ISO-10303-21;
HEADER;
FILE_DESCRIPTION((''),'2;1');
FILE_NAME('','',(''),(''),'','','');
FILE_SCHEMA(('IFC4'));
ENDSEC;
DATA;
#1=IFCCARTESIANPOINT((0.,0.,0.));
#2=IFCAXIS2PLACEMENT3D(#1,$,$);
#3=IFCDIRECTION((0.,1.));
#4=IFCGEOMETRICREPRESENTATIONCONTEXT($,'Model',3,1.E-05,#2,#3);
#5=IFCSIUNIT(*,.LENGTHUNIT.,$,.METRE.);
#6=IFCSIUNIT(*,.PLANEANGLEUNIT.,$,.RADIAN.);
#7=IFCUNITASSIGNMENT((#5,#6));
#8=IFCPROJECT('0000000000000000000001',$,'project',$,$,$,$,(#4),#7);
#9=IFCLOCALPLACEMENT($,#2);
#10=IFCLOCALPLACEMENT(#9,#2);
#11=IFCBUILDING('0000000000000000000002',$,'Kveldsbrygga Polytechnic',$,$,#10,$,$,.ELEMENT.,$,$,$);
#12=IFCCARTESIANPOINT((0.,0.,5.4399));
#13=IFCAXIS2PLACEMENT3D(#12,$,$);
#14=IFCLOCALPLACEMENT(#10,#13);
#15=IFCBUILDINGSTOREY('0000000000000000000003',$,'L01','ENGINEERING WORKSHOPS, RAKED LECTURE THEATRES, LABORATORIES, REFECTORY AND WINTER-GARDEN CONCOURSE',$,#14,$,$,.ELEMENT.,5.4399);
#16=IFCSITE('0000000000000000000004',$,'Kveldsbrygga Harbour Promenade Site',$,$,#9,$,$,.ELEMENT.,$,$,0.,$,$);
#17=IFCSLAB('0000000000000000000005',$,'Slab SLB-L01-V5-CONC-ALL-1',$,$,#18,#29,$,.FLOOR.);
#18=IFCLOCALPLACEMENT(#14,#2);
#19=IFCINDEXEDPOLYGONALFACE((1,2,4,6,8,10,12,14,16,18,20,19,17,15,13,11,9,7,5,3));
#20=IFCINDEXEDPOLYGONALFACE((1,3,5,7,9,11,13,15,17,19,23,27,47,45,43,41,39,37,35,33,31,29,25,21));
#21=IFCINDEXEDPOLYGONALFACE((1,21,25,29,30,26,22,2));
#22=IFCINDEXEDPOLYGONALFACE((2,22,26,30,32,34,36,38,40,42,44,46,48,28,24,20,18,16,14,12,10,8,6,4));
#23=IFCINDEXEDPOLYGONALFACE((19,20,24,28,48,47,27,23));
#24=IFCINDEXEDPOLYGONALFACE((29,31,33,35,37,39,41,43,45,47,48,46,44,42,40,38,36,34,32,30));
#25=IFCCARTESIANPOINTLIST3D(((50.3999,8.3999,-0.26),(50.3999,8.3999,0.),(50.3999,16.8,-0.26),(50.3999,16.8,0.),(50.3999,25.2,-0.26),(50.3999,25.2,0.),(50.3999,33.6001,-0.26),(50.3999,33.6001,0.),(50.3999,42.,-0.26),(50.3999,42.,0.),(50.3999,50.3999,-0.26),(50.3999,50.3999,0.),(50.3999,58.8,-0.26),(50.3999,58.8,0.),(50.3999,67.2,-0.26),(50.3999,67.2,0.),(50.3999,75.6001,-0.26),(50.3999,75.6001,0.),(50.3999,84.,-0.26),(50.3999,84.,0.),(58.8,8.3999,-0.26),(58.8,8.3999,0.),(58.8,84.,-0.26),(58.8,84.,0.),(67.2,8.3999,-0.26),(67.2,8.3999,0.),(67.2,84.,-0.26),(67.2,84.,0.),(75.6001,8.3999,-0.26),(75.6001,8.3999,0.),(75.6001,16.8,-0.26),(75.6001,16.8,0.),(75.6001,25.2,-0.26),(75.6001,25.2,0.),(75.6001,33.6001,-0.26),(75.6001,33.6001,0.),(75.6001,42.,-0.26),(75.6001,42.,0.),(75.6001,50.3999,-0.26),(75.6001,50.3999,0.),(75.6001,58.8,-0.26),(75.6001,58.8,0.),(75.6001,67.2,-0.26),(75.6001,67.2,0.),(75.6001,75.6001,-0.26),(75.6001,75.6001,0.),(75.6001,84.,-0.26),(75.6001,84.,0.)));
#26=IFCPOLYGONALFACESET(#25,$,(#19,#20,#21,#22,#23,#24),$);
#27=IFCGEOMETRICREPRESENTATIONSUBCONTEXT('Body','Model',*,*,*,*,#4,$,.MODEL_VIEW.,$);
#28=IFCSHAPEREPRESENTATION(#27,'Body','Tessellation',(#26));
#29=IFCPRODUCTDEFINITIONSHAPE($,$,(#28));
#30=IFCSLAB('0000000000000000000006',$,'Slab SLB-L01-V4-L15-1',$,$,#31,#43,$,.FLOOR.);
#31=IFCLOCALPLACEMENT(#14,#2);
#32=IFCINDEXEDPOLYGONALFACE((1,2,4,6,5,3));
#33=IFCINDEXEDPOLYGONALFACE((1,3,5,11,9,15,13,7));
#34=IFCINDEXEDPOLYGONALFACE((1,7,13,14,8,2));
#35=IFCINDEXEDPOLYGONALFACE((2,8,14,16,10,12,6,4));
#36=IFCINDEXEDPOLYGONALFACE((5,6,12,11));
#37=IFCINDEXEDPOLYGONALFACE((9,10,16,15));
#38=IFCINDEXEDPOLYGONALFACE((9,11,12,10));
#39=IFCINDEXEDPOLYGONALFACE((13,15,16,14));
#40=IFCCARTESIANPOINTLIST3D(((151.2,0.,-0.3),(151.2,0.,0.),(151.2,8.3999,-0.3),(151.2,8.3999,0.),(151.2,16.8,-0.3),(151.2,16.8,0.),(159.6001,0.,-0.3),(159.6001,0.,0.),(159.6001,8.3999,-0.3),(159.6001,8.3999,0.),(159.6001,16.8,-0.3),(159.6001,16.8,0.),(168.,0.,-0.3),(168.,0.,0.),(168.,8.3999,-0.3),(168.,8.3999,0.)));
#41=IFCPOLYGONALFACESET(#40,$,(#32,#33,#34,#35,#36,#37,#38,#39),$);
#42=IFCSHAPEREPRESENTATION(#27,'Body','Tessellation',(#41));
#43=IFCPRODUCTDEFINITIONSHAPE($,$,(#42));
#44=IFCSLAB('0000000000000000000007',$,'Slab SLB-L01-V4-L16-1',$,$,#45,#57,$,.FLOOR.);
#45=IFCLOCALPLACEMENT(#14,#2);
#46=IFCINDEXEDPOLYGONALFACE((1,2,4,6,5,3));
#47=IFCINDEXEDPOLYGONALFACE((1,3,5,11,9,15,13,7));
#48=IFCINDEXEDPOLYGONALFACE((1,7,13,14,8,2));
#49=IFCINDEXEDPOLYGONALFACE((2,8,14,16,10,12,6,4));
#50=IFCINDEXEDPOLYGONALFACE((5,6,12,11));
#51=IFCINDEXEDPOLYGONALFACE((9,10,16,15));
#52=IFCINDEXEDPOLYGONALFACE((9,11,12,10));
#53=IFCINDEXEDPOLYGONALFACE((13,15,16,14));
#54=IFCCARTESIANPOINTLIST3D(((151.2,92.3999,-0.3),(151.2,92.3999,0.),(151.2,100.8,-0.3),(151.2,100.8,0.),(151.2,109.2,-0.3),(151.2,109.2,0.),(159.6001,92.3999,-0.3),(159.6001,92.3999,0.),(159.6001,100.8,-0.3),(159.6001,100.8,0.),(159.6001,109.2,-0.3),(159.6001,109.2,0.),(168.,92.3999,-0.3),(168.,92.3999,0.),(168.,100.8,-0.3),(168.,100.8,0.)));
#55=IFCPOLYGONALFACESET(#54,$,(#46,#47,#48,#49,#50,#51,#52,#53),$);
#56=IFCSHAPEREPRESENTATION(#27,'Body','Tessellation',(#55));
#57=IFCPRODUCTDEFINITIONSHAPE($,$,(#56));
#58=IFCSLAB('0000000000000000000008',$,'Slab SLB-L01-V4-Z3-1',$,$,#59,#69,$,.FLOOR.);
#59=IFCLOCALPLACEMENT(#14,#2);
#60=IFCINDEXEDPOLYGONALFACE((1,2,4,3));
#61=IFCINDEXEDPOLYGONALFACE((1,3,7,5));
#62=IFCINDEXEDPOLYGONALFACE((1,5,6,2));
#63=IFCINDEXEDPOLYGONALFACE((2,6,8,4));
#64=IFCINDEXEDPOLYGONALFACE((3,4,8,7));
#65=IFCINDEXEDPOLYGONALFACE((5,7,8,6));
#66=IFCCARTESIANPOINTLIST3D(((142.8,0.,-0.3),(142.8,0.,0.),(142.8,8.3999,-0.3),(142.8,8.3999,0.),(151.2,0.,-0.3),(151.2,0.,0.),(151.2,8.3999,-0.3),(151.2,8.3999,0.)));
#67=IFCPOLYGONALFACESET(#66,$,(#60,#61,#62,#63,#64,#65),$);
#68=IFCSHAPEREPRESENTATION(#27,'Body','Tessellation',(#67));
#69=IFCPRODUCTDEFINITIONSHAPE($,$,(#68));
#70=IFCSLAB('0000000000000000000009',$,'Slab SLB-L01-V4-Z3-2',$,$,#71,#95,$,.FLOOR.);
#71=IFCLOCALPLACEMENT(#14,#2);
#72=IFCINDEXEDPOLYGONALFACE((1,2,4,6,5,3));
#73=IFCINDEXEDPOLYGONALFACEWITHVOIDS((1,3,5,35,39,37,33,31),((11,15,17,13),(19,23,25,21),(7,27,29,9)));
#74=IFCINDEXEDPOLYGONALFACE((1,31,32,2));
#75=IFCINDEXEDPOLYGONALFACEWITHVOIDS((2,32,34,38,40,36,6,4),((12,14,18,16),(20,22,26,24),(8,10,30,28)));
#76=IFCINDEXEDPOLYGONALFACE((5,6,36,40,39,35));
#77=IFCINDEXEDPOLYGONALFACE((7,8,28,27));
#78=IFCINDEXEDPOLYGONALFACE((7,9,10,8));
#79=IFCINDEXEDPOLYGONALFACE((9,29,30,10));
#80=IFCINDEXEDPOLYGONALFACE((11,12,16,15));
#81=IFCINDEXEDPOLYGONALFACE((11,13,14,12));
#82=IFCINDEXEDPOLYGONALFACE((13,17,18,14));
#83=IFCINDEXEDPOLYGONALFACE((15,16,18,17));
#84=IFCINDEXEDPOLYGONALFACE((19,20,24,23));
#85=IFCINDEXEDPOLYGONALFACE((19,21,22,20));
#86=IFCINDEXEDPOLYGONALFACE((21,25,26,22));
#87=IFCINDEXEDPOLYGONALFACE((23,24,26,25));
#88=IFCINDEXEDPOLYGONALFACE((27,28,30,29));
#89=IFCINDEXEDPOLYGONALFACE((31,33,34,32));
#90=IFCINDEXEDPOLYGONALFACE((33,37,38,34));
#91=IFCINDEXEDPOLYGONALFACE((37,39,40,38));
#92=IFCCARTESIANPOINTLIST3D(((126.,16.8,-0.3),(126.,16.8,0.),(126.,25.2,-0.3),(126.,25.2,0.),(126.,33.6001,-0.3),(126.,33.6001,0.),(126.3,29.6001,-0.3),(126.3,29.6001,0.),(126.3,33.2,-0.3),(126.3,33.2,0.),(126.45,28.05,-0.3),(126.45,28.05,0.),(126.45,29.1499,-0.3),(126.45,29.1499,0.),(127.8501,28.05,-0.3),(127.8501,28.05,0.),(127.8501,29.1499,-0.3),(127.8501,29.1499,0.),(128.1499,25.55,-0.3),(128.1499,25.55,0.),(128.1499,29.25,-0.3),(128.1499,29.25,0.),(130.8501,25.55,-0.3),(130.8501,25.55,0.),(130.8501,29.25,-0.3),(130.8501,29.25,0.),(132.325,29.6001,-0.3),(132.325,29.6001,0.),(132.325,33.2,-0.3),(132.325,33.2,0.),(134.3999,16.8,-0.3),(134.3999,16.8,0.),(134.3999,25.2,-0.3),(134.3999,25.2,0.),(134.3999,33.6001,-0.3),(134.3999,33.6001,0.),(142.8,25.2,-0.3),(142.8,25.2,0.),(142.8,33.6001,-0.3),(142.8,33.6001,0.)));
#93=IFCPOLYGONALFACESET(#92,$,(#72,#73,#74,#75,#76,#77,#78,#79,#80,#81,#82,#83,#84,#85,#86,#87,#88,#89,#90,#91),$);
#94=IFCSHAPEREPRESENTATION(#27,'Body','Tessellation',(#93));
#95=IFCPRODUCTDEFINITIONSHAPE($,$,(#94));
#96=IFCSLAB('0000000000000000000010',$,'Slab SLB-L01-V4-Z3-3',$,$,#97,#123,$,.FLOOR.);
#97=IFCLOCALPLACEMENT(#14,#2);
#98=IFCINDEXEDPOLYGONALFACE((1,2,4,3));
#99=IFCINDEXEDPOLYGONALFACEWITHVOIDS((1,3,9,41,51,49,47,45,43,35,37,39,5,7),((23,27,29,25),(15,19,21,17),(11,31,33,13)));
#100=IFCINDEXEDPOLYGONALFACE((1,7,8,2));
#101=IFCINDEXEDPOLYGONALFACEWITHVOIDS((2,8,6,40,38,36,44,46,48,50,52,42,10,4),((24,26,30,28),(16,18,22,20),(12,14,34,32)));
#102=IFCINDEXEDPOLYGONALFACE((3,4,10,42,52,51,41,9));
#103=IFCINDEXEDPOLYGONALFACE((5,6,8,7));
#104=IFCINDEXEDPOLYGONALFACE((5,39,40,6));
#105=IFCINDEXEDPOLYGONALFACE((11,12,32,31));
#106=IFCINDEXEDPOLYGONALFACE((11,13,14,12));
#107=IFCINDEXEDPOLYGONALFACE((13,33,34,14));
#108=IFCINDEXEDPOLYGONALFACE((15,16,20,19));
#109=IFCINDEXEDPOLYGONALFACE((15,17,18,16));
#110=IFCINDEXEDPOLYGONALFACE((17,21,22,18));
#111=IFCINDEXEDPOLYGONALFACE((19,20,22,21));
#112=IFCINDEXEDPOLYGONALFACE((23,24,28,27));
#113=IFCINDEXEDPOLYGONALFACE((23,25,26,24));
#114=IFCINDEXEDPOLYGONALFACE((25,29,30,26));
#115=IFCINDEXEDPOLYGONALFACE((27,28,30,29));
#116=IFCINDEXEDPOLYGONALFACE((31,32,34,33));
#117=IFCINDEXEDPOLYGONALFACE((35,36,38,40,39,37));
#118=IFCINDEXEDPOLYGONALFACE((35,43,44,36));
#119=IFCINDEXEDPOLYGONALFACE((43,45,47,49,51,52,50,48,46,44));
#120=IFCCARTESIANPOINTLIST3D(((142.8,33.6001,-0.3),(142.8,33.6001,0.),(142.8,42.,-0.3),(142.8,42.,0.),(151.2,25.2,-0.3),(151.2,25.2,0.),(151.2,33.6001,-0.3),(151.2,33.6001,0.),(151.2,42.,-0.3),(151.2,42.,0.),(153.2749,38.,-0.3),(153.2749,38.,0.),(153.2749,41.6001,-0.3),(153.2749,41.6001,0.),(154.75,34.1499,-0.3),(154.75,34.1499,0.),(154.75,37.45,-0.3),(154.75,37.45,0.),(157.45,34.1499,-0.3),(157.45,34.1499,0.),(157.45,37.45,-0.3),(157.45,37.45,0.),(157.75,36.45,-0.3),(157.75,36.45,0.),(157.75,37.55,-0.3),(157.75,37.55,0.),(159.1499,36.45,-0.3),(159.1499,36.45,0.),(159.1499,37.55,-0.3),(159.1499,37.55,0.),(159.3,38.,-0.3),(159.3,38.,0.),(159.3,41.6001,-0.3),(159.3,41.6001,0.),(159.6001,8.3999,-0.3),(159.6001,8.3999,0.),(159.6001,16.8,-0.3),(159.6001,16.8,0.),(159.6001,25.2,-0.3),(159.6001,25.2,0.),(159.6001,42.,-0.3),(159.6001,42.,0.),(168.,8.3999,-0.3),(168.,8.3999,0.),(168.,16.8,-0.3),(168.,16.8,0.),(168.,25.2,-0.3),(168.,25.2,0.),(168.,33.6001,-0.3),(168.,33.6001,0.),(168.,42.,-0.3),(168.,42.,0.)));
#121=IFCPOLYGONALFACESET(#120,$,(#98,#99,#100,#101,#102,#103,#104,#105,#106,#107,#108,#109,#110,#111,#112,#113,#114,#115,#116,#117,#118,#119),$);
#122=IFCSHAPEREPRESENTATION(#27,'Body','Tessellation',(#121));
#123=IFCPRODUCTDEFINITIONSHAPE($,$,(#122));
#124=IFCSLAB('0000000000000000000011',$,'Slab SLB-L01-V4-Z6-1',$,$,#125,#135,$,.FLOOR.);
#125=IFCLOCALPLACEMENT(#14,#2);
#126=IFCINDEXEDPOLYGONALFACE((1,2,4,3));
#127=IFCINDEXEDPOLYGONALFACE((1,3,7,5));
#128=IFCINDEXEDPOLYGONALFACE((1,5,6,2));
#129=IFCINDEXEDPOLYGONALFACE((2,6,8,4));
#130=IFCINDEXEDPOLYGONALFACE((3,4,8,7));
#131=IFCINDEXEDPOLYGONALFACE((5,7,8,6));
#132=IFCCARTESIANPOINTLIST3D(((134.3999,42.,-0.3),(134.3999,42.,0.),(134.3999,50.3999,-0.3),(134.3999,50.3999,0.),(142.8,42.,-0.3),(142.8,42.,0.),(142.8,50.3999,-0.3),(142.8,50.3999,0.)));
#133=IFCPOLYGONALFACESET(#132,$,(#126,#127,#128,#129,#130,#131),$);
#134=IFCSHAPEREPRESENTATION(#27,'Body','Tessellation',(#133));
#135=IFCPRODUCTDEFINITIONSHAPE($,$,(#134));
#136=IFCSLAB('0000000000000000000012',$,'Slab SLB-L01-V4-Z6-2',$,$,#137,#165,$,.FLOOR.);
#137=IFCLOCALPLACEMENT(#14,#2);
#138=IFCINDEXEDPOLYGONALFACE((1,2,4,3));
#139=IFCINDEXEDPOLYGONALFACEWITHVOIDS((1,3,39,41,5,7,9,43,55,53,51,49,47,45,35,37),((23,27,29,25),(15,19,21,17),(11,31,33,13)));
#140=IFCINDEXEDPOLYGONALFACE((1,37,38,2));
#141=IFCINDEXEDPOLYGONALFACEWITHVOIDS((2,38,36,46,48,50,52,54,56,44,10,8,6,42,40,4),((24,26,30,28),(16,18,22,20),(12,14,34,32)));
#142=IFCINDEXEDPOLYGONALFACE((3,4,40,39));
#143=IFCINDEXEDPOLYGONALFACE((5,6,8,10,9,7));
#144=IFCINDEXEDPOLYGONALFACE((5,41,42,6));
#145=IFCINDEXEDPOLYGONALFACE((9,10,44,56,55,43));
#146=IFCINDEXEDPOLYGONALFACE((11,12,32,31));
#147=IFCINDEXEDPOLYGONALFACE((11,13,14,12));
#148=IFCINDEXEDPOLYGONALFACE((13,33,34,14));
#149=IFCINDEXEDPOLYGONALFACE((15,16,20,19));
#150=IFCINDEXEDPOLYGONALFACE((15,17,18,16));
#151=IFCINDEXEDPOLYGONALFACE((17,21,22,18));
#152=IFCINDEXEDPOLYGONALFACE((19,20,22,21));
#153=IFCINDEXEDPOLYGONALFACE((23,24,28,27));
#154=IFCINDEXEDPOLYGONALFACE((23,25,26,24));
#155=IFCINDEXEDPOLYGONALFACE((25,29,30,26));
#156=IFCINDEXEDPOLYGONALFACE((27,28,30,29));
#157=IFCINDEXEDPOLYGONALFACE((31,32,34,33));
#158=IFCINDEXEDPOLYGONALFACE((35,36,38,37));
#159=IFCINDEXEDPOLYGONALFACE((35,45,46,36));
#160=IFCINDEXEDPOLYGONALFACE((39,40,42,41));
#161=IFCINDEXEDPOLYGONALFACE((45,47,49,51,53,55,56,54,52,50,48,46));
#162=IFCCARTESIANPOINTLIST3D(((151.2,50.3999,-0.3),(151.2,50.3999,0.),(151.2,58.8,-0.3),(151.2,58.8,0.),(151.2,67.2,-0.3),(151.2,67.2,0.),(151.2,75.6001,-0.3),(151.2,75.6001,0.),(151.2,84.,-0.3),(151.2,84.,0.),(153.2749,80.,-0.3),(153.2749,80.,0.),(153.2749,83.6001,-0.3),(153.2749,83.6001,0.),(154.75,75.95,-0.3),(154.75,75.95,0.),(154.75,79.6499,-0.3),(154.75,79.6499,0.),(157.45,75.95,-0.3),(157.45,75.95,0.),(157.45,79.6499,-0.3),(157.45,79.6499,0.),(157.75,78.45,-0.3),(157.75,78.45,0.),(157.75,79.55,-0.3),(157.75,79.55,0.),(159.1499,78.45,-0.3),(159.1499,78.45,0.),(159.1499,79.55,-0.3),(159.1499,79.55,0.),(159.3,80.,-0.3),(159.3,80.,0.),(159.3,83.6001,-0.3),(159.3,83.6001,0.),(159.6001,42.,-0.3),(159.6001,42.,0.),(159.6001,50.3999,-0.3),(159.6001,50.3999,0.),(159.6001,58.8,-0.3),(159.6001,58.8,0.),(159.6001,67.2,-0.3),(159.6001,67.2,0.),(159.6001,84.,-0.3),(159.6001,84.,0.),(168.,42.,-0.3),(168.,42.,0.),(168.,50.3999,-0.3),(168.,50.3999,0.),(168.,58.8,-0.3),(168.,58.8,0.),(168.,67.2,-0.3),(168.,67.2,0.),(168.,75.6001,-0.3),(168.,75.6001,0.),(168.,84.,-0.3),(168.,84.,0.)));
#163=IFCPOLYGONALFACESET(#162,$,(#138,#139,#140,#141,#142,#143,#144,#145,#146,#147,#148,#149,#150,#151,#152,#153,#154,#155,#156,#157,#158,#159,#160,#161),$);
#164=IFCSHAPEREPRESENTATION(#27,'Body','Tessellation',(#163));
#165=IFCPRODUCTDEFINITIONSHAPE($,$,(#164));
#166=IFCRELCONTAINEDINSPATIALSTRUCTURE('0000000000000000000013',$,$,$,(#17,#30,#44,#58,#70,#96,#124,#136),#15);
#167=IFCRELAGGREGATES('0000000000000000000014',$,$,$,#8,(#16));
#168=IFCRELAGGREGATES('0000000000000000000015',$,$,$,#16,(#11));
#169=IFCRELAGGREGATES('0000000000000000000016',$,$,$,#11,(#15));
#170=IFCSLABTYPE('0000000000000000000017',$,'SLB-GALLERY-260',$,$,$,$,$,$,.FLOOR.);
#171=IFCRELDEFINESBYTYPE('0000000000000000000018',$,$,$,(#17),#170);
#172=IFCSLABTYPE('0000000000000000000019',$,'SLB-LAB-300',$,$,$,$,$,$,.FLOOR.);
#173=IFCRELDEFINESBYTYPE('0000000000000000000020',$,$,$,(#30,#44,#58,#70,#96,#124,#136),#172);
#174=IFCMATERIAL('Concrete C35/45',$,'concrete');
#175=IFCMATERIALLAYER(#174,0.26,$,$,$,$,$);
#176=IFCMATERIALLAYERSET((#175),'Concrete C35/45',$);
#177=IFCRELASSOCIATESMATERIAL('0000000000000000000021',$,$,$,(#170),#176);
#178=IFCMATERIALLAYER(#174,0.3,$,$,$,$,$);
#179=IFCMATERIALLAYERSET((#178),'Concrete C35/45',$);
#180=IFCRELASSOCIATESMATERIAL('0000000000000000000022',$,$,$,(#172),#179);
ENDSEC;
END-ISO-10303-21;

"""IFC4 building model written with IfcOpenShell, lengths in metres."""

from ifc_helpers import new_model, si_unit, direction, frame, origin, place, context, subcontext, project, spatial, polyline, outline, extrude, material, layer, layer_set, type_object, element, save


model = new_model("IFC4")

# Units and contexts
model_context = context("Model", 3, precision=1e-05, world=origin(), true_north=direction((0.0, 1.0)))
body_context = subcontext(model_context, "Body", "Model", "MODEL_VIEW")
ifc_project = project(units=[si_unit("LENGTHUNIT", "METRE"), si_unit("PLANEANGLEUNIT", "RADIAN")], contexts=[model_context])

# Site, building, storey
site_placement = place(None, origin())
site = spatial("IfcSite", under=ifc_project, at=site_placement, Name="Kveldsbrygga Harbour Promenade Site", CompositionType="ELEMENT", RefElevation=0.0)
building_placement = place(site_placement, origin())
building = spatial("IfcBuilding", under=site, at=building_placement, Name="Kveldsbrygga Polytechnic", CompositionType="ELEMENT")
storey_placement = place(building_placement, frame((0.0, 0.0, 5.4399)))
storey = spatial("IfcBuildingStorey", under=building, at=storey_placement, Name="L01", Description="ENGINEERING WORKSHOPS, RAKED LECTURE THEATRES, LABORATORIES, REFECTORY AND WINTER-GARDEN CONCOURSE", CompositionType="ELEMENT", Elevation=5.4399)

# Slabs
ifc_material = material(Name="Concrete C35/45", Category="concrete")
ifc_layer_1 = layer(ifc_material, 0.26)
ifc_layer_set_1 = layer_set([ifc_layer_1], Name="Concrete C35/45")
slab_type_1 = type_object("IfcSlabType", Name="SLB-GALLERY-260", PredefinedType="FLOOR", material=ifc_layer_set_1)
slab_1_placement = place(storey_placement, frame((0.0, 0.0, -0.26)))
element("IfcSlab", 1, at=slab_1_placement, inside=storey, type_object=slab_type_1, Name="Slab SLB-L01-V5-CONC-ALL-1", PredefinedType="FLOOR", context=body_context, shape_type="SweptSolid", body=[
    extrude(outline(polyline([(50.3999, 25.2), (50.3999, 33.6001), (50.3999, 42.0), (50.3999, 50.3999), (50.3999, 58.8), (50.3999, 67.2), (50.3999, 75.6001), (50.3999, 84.0), (58.8, 84.0), (67.2, 84.0), (75.6001, 84.0), (75.6001, 75.6001), (75.6001, 67.2), (75.6001, 58.8), (75.6001, 50.3999), (75.6001, 42.0), (75.6001, 33.6001), (75.6001, 25.2), (75.6001, 16.8), (75.6001, 8.3999), (67.2, 8.3999), (58.8, 8.3999), (50.3999, 8.3999), (50.3999, 16.8), (50.3999, 25.2)])), origin(), (0.0, 0.0, 1.0), 0.26),
])
ifc_layer_2 = layer(ifc_material, 0.3)
ifc_layer_set_2 = layer_set([ifc_layer_2], Name="Concrete C35/45")
slab_type_2 = type_object("IfcSlabType", Name="SLB-LAB-300", PredefinedType="FLOOR", material=ifc_layer_set_2)
slab_2_placement = place(storey_placement, frame((0.0, 0.0, -0.3)))
element("IfcSlab", 2, at=slab_2_placement, inside=storey, type_object=slab_type_2, Name="Slab SLB-L01-V4-L15-1", PredefinedType="FLOOR", context=body_context, shape_type="SweptSolid", body=[
    extrude(outline(polyline([(151.2, 0.0), (151.2, 8.3999), (151.2, 16.8), (159.6001, 16.8), (159.6001, 8.3999), (168.0, 8.3999), (168.0, 0.0), (159.6001, 0.0), (151.2, 0.0)])), origin(), (0.0, 0.0, 1.0), 0.3),
])
slab_3_placement = place(storey_placement, frame((0.0, 0.0, -0.3)))
element("IfcSlab", 3, at=slab_3_placement, inside=storey, type_object=slab_type_2, Name="Slab SLB-L01-V4-L16-1", PredefinedType="FLOOR", context=body_context, shape_type="SweptSolid", body=[
    extrude(outline(polyline([(151.2, 92.3999), (151.2, 100.8), (151.2, 109.2), (159.6001, 109.2), (159.6001, 100.8), (168.0, 100.8), (168.0, 92.3999), (159.6001, 92.3999), (151.2, 92.3999)])), origin(), (0.0, 0.0, 1.0), 0.3),
])
slab_4_placement = place(storey_placement, frame((0.0, 0.0, -0.3)))
element("IfcSlab", 4, at=slab_4_placement, inside=storey, type_object=slab_type_2, Name="Slab SLB-L01-V4-Z3-1", PredefinedType="FLOOR", context=body_context, shape_type="SweptSolid", body=[
    extrude(outline(polyline([(151.2, 8.3999), (151.2, 0.0), (142.8, 0.0), (142.8, 8.3999), (151.2, 8.3999)])), origin(), (0.0, 0.0, 1.0), 0.3),
])
slab_5_placement = place(storey_placement, frame((0.0, 0.0, -0.3)))
element("IfcSlab", 5, at=slab_5_placement, inside=storey, type_object=slab_type_2, Name="Slab SLB-L01-V4-Z3-2", PredefinedType="FLOOR", context=body_context, shape_type="SweptSolid", body=[
    extrude(outline(polyline([(126.0, 33.6001), (134.3999, 33.6001), (142.8, 33.6001), (142.8, 25.2), (134.3999, 25.2), (134.3999, 16.8), (126.0, 16.8), (126.0, 25.2), (126.0, 33.6001)]), holes=[polyline([(132.325, 33.2), (126.3, 33.2), (126.3, 29.6001), (132.325, 29.6001), (132.325, 33.2)]), polyline([(128.1499, 25.55), (130.8501, 25.55), (130.8501, 29.25), (128.1499, 29.25), (128.1499, 25.55)]), polyline([(126.45, 28.05), (127.8501, 28.05), (127.8501, 29.1499), (126.45, 29.1499), (126.45, 28.05)])]), origin(), (0.0, 0.0, 1.0), 0.3),
])
slab_6_placement = place(storey_placement, frame((0.0, 0.0, -0.3)))
element("IfcSlab", 6, at=slab_6_placement, inside=storey, type_object=slab_type_2, Name="Slab SLB-L01-V4-Z3-3", PredefinedType="FLOOR", context=body_context, shape_type="SweptSolid", body=[
    extrude(outline(polyline([(151.2, 25.2), (151.2, 33.6001), (142.8, 33.6001), (142.8, 42.0), (151.2, 42.0), (159.6001, 42.0), (168.0, 42.0), (168.0, 33.6001), (168.0, 25.2), (168.0, 16.8), (168.0, 8.3999), (159.6001, 8.3999), (159.6001, 16.8), (159.6001, 25.2), (151.2, 25.2)]), holes=[polyline([(153.2749, 38.0), (159.3, 38.0), (159.3, 41.6001), (153.2749, 41.6001), (153.2749, 38.0)]), polyline([(154.75, 34.1499), (157.45, 34.1499), (157.45, 37.45), (154.75, 37.45), (154.75, 34.1499)]), polyline([(157.75, 36.45), (159.1499, 36.45), (159.1499, 37.55), (157.75, 37.55), (157.75, 36.45)])]), origin(), (0.0, 0.0, 1.0), 0.3),
])
slab_7_placement = place(storey_placement, frame((0.0, 0.0, -0.3)))
element("IfcSlab", 7, at=slab_7_placement, inside=storey, type_object=slab_type_2, Name="Slab SLB-L01-V4-Z6-1", PredefinedType="FLOOR", context=body_context, shape_type="SweptSolid", body=[
    extrude(outline(polyline([(142.8, 50.3999), (142.8, 42.0), (134.3999, 42.0), (134.3999, 50.3999), (142.8, 50.3999)])), origin(), (0.0, 0.0, 1.0), 0.3),
])
slab_8_placement = place(storey_placement, frame((0.0, 0.0, -0.3)))
element("IfcSlab", 8, at=slab_8_placement, inside=storey, type_object=slab_type_2, Name="Slab SLB-L01-V4-Z6-2", PredefinedType="FLOOR", context=body_context, shape_type="SweptSolid", body=[
    extrude(outline(polyline([(151.2, 50.3999), (151.2, 58.8), (159.6001, 58.8), (159.6001, 67.2), (151.2, 67.2), (151.2, 75.6001), (151.2, 84.0), (159.6001, 84.0), (168.0, 84.0), (168.0, 75.6001), (168.0, 67.2), (168.0, 58.8), (168.0, 50.3999), (168.0, 42.0), (159.6001, 42.0), (159.6001, 50.3999), (151.2, 50.3999)]), holes=[polyline([(153.2749, 80.0), (159.3, 80.0), (159.3, 83.6001), (153.2749, 83.6001), (153.2749, 80.0)]), polyline([(154.75, 75.95), (157.45, 75.95), (157.45, 79.6499), (154.75, 79.6499), (154.75, 75.95)]), polyline([(157.75, 78.45), (159.1499, 78.45), (159.1499, 79.55), (157.75, 79.55), (157.75, 78.45)])]), origin(), (0.0, 0.0, 1.0), 0.3),
])

save(model, "model.ifc")
